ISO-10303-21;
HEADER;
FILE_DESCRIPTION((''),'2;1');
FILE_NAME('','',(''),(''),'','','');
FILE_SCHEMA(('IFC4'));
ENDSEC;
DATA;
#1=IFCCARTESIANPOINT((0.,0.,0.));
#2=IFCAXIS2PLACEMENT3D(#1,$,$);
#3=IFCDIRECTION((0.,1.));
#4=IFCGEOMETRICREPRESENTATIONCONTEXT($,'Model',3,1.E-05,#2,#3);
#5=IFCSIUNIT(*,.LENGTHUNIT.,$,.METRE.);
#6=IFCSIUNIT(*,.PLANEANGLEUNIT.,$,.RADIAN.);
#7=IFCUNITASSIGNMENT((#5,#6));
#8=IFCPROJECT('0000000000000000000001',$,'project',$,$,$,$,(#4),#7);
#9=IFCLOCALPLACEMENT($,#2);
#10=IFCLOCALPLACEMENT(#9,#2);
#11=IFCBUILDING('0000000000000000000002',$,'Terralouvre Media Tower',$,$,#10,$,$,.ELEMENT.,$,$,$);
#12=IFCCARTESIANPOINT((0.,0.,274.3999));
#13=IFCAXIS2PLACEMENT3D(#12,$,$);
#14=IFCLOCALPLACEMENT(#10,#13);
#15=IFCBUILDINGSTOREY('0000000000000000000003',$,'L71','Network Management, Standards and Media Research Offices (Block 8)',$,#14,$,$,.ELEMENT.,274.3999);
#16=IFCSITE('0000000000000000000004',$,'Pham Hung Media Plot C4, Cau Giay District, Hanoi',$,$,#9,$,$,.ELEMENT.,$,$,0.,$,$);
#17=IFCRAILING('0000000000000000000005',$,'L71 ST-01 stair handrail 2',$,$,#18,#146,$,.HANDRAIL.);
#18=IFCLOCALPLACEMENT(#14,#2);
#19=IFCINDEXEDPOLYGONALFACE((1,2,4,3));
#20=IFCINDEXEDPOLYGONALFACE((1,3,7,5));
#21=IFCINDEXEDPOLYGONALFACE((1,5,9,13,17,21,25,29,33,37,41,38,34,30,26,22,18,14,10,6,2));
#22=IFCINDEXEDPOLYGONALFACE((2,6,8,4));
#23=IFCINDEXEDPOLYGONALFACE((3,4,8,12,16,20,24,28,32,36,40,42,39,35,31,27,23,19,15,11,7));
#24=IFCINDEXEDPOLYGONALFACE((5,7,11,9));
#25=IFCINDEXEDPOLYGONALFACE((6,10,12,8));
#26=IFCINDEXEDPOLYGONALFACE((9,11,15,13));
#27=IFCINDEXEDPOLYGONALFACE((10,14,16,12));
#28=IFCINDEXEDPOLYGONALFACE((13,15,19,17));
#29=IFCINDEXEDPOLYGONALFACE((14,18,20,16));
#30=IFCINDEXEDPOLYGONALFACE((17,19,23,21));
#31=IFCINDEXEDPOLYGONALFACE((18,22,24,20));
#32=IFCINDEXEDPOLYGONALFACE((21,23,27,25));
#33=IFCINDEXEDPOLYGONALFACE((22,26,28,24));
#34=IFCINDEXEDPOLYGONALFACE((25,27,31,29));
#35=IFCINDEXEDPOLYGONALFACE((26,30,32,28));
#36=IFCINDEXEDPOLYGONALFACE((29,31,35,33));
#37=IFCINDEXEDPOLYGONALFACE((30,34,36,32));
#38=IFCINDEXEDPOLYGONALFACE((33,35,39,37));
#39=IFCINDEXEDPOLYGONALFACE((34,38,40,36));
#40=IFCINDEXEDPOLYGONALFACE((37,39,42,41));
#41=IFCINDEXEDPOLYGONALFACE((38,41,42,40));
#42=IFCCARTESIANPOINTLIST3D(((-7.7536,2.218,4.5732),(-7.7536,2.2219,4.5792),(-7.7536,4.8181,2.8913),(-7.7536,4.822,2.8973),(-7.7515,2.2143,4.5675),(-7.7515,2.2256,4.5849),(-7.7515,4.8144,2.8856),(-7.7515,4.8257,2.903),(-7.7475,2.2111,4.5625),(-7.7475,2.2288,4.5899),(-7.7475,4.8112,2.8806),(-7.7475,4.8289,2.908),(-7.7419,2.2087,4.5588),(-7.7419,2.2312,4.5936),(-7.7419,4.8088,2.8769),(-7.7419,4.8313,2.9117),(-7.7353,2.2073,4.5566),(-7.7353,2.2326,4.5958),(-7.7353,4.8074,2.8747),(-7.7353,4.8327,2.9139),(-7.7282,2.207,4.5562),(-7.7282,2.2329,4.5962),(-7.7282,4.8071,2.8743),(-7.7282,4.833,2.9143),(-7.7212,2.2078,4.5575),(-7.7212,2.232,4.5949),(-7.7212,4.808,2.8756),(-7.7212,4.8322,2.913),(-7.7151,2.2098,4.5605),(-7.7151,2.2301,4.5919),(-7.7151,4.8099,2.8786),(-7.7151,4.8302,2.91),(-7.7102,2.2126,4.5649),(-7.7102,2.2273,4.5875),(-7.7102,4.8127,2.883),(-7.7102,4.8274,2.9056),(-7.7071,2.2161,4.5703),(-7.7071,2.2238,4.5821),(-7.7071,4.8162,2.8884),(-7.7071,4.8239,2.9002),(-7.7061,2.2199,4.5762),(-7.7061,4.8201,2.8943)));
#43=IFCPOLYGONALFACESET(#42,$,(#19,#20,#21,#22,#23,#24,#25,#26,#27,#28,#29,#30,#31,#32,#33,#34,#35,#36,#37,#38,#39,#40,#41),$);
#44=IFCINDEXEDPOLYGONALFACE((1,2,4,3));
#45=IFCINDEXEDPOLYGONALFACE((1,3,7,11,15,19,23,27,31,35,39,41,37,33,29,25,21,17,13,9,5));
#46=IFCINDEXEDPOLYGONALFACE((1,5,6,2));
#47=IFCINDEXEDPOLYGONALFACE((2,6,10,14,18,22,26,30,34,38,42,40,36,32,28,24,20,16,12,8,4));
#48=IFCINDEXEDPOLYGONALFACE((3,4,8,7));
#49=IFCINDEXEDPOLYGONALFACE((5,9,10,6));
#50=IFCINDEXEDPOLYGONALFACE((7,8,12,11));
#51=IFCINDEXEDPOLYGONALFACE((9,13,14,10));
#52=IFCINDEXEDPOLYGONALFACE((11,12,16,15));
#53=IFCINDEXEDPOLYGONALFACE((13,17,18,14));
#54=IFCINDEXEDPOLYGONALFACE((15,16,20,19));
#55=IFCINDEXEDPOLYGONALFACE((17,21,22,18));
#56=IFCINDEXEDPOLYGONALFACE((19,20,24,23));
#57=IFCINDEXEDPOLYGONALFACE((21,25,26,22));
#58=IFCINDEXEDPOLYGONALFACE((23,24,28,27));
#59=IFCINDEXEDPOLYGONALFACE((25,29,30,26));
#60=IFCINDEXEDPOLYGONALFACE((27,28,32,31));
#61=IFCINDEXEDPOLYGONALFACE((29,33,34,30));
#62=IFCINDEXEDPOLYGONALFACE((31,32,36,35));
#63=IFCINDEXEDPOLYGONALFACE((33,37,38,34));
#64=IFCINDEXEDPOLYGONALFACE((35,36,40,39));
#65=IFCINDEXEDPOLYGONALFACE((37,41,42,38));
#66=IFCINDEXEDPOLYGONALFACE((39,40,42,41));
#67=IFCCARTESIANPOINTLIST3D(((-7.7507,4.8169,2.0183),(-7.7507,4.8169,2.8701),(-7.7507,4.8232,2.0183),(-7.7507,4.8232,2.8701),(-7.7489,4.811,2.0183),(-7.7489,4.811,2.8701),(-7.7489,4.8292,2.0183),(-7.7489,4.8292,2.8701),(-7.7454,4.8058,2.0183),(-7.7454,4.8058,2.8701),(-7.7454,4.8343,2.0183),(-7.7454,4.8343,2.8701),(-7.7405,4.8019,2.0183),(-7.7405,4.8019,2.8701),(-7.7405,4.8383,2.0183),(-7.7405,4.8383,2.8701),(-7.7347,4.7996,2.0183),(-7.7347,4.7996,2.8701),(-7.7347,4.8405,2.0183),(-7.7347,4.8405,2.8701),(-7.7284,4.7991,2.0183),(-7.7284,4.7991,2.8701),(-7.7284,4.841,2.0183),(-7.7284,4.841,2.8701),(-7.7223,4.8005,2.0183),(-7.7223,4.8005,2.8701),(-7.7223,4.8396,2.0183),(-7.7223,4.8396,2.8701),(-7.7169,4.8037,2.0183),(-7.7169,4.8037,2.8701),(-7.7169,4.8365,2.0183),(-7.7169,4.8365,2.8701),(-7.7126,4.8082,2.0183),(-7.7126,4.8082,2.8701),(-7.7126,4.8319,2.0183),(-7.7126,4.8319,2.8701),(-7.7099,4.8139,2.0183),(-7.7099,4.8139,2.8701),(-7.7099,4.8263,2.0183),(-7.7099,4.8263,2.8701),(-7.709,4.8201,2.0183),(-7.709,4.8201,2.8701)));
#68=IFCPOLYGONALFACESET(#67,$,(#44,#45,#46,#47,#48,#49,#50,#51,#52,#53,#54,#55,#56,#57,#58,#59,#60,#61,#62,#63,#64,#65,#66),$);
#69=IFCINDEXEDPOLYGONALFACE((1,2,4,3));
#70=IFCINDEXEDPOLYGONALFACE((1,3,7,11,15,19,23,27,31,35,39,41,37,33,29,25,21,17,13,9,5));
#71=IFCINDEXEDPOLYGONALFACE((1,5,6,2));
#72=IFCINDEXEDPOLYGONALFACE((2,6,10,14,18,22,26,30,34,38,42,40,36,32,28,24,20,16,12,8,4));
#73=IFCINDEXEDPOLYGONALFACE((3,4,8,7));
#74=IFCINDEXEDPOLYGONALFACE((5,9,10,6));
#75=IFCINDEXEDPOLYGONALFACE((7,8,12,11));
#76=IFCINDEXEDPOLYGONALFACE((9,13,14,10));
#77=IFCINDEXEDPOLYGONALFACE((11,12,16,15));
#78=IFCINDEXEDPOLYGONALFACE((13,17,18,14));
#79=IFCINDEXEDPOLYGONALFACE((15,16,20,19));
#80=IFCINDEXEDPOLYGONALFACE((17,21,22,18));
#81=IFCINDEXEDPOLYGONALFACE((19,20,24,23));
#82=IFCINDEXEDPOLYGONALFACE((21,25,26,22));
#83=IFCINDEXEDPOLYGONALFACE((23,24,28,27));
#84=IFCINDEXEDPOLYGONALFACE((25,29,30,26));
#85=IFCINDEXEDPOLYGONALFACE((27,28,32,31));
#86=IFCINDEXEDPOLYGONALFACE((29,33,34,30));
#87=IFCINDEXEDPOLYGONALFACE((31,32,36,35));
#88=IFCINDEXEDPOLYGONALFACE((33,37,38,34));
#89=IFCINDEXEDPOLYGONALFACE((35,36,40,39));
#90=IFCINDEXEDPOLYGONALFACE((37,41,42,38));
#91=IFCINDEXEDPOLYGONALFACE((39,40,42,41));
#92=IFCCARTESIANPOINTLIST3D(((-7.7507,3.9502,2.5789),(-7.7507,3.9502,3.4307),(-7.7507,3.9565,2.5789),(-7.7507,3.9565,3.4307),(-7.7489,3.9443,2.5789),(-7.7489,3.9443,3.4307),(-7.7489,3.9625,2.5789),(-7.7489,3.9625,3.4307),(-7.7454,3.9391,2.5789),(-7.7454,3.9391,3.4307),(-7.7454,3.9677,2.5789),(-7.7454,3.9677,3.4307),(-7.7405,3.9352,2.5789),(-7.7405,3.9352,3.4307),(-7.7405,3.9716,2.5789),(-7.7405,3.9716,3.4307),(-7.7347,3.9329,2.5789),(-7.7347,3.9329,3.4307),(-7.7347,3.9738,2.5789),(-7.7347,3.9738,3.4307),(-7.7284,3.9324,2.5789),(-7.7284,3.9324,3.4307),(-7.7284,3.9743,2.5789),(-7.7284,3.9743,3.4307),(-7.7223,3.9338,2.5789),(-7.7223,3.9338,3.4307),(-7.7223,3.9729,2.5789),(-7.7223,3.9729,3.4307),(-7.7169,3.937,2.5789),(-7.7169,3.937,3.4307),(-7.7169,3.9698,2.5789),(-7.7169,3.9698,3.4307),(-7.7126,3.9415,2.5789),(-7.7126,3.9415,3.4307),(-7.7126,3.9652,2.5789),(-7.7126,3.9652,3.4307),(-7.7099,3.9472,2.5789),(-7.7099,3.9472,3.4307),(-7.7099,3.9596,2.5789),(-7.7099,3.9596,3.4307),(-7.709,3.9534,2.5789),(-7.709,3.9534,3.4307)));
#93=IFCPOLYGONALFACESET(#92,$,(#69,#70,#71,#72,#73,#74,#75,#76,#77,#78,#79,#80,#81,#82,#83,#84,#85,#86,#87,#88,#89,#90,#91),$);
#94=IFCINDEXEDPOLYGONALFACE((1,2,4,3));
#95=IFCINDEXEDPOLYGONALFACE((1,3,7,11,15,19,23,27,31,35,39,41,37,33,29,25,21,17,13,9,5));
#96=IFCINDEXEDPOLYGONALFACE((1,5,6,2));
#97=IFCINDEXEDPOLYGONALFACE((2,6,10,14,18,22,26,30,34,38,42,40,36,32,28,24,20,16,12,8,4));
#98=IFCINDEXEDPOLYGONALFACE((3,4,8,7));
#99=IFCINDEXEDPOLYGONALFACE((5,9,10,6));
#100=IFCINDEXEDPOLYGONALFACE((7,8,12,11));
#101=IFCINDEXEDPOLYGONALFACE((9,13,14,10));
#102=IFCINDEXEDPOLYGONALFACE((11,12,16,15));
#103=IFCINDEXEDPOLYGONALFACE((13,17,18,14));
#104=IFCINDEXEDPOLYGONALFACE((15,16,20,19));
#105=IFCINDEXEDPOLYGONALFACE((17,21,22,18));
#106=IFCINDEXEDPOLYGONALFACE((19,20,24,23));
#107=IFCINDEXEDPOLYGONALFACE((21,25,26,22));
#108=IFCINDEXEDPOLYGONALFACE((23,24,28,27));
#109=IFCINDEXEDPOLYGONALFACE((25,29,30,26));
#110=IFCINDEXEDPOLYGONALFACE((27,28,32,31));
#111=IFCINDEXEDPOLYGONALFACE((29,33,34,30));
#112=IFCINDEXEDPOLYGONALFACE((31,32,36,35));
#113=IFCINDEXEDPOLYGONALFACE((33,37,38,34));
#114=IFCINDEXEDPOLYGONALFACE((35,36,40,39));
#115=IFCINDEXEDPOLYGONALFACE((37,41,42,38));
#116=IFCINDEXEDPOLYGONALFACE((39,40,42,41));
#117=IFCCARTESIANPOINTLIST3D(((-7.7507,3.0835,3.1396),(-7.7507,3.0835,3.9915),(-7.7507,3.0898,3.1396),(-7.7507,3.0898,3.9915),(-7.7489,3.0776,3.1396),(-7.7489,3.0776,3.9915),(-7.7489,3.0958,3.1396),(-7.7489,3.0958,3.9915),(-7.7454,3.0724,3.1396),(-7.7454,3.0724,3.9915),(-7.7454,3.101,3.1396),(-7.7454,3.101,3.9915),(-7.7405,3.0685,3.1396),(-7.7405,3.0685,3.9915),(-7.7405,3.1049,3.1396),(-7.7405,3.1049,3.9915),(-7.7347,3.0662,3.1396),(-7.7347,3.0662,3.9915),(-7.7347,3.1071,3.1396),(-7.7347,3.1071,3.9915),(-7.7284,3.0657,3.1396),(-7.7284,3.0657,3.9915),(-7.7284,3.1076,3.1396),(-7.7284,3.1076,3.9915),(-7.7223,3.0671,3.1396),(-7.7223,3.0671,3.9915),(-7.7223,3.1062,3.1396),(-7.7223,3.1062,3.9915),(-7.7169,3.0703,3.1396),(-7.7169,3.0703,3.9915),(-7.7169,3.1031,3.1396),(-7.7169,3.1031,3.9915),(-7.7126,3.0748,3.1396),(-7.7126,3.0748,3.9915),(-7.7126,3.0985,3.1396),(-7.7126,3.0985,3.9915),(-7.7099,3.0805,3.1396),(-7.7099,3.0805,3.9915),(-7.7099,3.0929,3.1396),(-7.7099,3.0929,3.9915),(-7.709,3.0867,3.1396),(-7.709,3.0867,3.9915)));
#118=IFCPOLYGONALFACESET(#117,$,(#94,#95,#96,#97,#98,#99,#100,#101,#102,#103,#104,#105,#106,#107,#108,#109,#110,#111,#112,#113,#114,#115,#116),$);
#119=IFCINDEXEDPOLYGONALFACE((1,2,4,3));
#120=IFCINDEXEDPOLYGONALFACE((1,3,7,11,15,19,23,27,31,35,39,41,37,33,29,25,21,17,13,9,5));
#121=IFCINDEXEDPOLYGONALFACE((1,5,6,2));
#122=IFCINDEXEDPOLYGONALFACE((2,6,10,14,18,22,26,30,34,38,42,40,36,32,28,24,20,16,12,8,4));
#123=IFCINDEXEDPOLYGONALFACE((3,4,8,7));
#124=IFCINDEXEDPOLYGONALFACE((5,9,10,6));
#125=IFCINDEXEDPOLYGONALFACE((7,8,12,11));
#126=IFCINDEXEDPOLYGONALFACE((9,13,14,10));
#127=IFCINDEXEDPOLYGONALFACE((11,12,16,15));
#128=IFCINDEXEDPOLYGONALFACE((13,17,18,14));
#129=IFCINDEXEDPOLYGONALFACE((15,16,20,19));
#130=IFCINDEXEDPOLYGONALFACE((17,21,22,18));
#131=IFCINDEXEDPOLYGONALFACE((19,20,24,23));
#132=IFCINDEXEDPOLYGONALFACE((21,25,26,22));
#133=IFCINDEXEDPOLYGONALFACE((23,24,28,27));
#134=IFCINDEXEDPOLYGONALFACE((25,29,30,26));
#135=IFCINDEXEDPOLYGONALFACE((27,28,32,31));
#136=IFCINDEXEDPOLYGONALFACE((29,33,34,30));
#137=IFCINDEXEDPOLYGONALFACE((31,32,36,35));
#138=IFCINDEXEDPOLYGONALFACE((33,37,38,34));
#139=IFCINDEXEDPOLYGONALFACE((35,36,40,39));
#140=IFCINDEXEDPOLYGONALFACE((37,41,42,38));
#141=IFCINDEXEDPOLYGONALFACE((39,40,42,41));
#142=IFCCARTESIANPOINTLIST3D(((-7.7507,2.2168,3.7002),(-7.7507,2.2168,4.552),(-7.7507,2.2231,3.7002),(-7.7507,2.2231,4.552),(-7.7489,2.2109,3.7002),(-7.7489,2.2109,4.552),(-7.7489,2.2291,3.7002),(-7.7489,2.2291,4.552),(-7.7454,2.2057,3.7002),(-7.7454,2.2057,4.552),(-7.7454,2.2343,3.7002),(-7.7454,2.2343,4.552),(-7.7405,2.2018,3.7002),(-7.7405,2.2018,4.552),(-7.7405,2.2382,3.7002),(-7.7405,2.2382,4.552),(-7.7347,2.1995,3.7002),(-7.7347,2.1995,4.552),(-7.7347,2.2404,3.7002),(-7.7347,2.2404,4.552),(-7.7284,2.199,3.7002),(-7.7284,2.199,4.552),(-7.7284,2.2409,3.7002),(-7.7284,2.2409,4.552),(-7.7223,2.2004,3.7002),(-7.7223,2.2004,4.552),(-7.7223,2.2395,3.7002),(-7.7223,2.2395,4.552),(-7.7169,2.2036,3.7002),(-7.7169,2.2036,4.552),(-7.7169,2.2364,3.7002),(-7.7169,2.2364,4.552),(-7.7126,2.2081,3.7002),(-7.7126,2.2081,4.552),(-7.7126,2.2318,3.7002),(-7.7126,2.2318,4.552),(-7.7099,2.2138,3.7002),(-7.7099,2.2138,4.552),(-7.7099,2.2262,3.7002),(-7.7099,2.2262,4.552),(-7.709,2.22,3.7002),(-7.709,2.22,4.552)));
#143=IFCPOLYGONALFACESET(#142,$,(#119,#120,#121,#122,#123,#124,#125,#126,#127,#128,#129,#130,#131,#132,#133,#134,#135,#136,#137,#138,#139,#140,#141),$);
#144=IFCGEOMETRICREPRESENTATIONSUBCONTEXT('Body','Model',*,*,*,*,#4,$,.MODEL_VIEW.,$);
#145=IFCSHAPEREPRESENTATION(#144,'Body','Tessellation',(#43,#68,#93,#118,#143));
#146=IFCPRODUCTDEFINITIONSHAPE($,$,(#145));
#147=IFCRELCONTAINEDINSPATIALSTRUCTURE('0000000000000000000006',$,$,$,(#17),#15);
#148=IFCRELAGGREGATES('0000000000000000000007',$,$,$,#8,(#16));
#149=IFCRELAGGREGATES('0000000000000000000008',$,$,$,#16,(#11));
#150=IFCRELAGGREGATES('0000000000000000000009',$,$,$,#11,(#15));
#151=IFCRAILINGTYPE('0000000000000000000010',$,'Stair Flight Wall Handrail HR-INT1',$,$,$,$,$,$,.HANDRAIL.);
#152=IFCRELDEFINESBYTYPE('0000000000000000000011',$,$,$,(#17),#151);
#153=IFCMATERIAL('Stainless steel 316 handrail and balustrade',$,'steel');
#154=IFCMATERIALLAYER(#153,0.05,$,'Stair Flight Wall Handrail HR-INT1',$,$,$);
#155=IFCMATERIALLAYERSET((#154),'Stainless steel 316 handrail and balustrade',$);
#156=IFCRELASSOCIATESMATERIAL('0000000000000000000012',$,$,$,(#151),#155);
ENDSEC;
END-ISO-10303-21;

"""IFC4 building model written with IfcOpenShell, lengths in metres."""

from ifc_helpers import new_model, si_unit, direction, frame, origin, origin_2d, place, context, subcontext, project, spatial, circle, extrude, material, layer, layer_set, type_object, element, save


model = new_model("IFC4")

# Units and contexts
model_context = context("Model", 3, precision=1e-05, world=origin(), true_north=direction((0.0, 1.0)))
body_context = subcontext(model_context, "Body", "Model", "MODEL_VIEW")
ifc_project = project(units=[si_unit("LENGTHUNIT", "METRE"), si_unit("PLANEANGLEUNIT", "RADIAN")], contexts=[model_context])

# Site, building, storey
site_placement = place(None, origin())
site = spatial("IfcSite", under=ifc_project, at=site_placement, Name="Pham Hung Media Plot C4, Cau Giay District, Hanoi", CompositionType="ELEMENT", RefElevation=0.0)
building_placement = place(site_placement, origin())
building = spatial("IfcBuilding", under=site, at=building_placement, Name="Terralouvre Media Tower", CompositionType="ELEMENT")
storey_placement = place(building_placement, frame((0.0, 0.0, 274.3999)))
storey = spatial("IfcBuildingStorey", under=building, at=storey_placement, Name="L71", Description="Network Management, Standards and Media Research Offices (Block 8)", CompositionType="ELEMENT", Elevation=274.3999)

# Railing
ifc_material_1 = material(Name="Stainless steel 316 handrail and balustrade", Category="steel")
ifc_layer_1 = layer(ifc_material_1, 0.05, Name="Stair Flight Wall Handrail HR-INT1")
ifc_layer_set_1 = layer_set([ifc_layer_1], Name="Stainless steel 316 handrail and balustrade")
railing_type_1 = type_object("IfcRailingType", Name="Stair Flight Wall Handrail HR-INT1", PredefinedType="HANDRAIL", material=ifc_layer_set_1)
railing_1_placement = place(storey_placement, frame((-7.73, 4.8201, 2.0183)))
element("IfcRailing", 1, at=railing_1_placement, inside=storey, type_object=railing_type_1, Name="L71 ST-01 stair handrail 2", PredefinedType="HANDRAIL", context=body_context, shape_type="SweptSolid", body=[
    extrude(circle(Radius=0.0239, at=origin_2d()), frame((0.0, 0.0, 0.876), z_axis=(0.0, -0.839648, 0.54313), x_axis=(1.0, 0.0, 0.0)), (0.0, 0.0, 1.0), 3.0967),
    extrude(circle(Radius=0.021, at=origin_2d()), origin(), (0.0, 0.0, 1.0), 0.8518),
    extrude(circle(Radius=0.021, at=origin_2d()), frame((0.0, -0.8667, 0.5605)), (0.0, 0.0, 1.0), 0.8518),
    extrude(circle(Radius=0.021, at=origin_2d()), frame((0.0, -1.7334, 1.1213)), (0.0, 0.0, 1.0), 0.8518),
    extrude(circle(Radius=0.021, at=origin_2d()), frame((0.0, -2.6001, 1.6819)), (0.0, 0.0, 1.0), 0.8518),
])

save(model, "model.ifc")
